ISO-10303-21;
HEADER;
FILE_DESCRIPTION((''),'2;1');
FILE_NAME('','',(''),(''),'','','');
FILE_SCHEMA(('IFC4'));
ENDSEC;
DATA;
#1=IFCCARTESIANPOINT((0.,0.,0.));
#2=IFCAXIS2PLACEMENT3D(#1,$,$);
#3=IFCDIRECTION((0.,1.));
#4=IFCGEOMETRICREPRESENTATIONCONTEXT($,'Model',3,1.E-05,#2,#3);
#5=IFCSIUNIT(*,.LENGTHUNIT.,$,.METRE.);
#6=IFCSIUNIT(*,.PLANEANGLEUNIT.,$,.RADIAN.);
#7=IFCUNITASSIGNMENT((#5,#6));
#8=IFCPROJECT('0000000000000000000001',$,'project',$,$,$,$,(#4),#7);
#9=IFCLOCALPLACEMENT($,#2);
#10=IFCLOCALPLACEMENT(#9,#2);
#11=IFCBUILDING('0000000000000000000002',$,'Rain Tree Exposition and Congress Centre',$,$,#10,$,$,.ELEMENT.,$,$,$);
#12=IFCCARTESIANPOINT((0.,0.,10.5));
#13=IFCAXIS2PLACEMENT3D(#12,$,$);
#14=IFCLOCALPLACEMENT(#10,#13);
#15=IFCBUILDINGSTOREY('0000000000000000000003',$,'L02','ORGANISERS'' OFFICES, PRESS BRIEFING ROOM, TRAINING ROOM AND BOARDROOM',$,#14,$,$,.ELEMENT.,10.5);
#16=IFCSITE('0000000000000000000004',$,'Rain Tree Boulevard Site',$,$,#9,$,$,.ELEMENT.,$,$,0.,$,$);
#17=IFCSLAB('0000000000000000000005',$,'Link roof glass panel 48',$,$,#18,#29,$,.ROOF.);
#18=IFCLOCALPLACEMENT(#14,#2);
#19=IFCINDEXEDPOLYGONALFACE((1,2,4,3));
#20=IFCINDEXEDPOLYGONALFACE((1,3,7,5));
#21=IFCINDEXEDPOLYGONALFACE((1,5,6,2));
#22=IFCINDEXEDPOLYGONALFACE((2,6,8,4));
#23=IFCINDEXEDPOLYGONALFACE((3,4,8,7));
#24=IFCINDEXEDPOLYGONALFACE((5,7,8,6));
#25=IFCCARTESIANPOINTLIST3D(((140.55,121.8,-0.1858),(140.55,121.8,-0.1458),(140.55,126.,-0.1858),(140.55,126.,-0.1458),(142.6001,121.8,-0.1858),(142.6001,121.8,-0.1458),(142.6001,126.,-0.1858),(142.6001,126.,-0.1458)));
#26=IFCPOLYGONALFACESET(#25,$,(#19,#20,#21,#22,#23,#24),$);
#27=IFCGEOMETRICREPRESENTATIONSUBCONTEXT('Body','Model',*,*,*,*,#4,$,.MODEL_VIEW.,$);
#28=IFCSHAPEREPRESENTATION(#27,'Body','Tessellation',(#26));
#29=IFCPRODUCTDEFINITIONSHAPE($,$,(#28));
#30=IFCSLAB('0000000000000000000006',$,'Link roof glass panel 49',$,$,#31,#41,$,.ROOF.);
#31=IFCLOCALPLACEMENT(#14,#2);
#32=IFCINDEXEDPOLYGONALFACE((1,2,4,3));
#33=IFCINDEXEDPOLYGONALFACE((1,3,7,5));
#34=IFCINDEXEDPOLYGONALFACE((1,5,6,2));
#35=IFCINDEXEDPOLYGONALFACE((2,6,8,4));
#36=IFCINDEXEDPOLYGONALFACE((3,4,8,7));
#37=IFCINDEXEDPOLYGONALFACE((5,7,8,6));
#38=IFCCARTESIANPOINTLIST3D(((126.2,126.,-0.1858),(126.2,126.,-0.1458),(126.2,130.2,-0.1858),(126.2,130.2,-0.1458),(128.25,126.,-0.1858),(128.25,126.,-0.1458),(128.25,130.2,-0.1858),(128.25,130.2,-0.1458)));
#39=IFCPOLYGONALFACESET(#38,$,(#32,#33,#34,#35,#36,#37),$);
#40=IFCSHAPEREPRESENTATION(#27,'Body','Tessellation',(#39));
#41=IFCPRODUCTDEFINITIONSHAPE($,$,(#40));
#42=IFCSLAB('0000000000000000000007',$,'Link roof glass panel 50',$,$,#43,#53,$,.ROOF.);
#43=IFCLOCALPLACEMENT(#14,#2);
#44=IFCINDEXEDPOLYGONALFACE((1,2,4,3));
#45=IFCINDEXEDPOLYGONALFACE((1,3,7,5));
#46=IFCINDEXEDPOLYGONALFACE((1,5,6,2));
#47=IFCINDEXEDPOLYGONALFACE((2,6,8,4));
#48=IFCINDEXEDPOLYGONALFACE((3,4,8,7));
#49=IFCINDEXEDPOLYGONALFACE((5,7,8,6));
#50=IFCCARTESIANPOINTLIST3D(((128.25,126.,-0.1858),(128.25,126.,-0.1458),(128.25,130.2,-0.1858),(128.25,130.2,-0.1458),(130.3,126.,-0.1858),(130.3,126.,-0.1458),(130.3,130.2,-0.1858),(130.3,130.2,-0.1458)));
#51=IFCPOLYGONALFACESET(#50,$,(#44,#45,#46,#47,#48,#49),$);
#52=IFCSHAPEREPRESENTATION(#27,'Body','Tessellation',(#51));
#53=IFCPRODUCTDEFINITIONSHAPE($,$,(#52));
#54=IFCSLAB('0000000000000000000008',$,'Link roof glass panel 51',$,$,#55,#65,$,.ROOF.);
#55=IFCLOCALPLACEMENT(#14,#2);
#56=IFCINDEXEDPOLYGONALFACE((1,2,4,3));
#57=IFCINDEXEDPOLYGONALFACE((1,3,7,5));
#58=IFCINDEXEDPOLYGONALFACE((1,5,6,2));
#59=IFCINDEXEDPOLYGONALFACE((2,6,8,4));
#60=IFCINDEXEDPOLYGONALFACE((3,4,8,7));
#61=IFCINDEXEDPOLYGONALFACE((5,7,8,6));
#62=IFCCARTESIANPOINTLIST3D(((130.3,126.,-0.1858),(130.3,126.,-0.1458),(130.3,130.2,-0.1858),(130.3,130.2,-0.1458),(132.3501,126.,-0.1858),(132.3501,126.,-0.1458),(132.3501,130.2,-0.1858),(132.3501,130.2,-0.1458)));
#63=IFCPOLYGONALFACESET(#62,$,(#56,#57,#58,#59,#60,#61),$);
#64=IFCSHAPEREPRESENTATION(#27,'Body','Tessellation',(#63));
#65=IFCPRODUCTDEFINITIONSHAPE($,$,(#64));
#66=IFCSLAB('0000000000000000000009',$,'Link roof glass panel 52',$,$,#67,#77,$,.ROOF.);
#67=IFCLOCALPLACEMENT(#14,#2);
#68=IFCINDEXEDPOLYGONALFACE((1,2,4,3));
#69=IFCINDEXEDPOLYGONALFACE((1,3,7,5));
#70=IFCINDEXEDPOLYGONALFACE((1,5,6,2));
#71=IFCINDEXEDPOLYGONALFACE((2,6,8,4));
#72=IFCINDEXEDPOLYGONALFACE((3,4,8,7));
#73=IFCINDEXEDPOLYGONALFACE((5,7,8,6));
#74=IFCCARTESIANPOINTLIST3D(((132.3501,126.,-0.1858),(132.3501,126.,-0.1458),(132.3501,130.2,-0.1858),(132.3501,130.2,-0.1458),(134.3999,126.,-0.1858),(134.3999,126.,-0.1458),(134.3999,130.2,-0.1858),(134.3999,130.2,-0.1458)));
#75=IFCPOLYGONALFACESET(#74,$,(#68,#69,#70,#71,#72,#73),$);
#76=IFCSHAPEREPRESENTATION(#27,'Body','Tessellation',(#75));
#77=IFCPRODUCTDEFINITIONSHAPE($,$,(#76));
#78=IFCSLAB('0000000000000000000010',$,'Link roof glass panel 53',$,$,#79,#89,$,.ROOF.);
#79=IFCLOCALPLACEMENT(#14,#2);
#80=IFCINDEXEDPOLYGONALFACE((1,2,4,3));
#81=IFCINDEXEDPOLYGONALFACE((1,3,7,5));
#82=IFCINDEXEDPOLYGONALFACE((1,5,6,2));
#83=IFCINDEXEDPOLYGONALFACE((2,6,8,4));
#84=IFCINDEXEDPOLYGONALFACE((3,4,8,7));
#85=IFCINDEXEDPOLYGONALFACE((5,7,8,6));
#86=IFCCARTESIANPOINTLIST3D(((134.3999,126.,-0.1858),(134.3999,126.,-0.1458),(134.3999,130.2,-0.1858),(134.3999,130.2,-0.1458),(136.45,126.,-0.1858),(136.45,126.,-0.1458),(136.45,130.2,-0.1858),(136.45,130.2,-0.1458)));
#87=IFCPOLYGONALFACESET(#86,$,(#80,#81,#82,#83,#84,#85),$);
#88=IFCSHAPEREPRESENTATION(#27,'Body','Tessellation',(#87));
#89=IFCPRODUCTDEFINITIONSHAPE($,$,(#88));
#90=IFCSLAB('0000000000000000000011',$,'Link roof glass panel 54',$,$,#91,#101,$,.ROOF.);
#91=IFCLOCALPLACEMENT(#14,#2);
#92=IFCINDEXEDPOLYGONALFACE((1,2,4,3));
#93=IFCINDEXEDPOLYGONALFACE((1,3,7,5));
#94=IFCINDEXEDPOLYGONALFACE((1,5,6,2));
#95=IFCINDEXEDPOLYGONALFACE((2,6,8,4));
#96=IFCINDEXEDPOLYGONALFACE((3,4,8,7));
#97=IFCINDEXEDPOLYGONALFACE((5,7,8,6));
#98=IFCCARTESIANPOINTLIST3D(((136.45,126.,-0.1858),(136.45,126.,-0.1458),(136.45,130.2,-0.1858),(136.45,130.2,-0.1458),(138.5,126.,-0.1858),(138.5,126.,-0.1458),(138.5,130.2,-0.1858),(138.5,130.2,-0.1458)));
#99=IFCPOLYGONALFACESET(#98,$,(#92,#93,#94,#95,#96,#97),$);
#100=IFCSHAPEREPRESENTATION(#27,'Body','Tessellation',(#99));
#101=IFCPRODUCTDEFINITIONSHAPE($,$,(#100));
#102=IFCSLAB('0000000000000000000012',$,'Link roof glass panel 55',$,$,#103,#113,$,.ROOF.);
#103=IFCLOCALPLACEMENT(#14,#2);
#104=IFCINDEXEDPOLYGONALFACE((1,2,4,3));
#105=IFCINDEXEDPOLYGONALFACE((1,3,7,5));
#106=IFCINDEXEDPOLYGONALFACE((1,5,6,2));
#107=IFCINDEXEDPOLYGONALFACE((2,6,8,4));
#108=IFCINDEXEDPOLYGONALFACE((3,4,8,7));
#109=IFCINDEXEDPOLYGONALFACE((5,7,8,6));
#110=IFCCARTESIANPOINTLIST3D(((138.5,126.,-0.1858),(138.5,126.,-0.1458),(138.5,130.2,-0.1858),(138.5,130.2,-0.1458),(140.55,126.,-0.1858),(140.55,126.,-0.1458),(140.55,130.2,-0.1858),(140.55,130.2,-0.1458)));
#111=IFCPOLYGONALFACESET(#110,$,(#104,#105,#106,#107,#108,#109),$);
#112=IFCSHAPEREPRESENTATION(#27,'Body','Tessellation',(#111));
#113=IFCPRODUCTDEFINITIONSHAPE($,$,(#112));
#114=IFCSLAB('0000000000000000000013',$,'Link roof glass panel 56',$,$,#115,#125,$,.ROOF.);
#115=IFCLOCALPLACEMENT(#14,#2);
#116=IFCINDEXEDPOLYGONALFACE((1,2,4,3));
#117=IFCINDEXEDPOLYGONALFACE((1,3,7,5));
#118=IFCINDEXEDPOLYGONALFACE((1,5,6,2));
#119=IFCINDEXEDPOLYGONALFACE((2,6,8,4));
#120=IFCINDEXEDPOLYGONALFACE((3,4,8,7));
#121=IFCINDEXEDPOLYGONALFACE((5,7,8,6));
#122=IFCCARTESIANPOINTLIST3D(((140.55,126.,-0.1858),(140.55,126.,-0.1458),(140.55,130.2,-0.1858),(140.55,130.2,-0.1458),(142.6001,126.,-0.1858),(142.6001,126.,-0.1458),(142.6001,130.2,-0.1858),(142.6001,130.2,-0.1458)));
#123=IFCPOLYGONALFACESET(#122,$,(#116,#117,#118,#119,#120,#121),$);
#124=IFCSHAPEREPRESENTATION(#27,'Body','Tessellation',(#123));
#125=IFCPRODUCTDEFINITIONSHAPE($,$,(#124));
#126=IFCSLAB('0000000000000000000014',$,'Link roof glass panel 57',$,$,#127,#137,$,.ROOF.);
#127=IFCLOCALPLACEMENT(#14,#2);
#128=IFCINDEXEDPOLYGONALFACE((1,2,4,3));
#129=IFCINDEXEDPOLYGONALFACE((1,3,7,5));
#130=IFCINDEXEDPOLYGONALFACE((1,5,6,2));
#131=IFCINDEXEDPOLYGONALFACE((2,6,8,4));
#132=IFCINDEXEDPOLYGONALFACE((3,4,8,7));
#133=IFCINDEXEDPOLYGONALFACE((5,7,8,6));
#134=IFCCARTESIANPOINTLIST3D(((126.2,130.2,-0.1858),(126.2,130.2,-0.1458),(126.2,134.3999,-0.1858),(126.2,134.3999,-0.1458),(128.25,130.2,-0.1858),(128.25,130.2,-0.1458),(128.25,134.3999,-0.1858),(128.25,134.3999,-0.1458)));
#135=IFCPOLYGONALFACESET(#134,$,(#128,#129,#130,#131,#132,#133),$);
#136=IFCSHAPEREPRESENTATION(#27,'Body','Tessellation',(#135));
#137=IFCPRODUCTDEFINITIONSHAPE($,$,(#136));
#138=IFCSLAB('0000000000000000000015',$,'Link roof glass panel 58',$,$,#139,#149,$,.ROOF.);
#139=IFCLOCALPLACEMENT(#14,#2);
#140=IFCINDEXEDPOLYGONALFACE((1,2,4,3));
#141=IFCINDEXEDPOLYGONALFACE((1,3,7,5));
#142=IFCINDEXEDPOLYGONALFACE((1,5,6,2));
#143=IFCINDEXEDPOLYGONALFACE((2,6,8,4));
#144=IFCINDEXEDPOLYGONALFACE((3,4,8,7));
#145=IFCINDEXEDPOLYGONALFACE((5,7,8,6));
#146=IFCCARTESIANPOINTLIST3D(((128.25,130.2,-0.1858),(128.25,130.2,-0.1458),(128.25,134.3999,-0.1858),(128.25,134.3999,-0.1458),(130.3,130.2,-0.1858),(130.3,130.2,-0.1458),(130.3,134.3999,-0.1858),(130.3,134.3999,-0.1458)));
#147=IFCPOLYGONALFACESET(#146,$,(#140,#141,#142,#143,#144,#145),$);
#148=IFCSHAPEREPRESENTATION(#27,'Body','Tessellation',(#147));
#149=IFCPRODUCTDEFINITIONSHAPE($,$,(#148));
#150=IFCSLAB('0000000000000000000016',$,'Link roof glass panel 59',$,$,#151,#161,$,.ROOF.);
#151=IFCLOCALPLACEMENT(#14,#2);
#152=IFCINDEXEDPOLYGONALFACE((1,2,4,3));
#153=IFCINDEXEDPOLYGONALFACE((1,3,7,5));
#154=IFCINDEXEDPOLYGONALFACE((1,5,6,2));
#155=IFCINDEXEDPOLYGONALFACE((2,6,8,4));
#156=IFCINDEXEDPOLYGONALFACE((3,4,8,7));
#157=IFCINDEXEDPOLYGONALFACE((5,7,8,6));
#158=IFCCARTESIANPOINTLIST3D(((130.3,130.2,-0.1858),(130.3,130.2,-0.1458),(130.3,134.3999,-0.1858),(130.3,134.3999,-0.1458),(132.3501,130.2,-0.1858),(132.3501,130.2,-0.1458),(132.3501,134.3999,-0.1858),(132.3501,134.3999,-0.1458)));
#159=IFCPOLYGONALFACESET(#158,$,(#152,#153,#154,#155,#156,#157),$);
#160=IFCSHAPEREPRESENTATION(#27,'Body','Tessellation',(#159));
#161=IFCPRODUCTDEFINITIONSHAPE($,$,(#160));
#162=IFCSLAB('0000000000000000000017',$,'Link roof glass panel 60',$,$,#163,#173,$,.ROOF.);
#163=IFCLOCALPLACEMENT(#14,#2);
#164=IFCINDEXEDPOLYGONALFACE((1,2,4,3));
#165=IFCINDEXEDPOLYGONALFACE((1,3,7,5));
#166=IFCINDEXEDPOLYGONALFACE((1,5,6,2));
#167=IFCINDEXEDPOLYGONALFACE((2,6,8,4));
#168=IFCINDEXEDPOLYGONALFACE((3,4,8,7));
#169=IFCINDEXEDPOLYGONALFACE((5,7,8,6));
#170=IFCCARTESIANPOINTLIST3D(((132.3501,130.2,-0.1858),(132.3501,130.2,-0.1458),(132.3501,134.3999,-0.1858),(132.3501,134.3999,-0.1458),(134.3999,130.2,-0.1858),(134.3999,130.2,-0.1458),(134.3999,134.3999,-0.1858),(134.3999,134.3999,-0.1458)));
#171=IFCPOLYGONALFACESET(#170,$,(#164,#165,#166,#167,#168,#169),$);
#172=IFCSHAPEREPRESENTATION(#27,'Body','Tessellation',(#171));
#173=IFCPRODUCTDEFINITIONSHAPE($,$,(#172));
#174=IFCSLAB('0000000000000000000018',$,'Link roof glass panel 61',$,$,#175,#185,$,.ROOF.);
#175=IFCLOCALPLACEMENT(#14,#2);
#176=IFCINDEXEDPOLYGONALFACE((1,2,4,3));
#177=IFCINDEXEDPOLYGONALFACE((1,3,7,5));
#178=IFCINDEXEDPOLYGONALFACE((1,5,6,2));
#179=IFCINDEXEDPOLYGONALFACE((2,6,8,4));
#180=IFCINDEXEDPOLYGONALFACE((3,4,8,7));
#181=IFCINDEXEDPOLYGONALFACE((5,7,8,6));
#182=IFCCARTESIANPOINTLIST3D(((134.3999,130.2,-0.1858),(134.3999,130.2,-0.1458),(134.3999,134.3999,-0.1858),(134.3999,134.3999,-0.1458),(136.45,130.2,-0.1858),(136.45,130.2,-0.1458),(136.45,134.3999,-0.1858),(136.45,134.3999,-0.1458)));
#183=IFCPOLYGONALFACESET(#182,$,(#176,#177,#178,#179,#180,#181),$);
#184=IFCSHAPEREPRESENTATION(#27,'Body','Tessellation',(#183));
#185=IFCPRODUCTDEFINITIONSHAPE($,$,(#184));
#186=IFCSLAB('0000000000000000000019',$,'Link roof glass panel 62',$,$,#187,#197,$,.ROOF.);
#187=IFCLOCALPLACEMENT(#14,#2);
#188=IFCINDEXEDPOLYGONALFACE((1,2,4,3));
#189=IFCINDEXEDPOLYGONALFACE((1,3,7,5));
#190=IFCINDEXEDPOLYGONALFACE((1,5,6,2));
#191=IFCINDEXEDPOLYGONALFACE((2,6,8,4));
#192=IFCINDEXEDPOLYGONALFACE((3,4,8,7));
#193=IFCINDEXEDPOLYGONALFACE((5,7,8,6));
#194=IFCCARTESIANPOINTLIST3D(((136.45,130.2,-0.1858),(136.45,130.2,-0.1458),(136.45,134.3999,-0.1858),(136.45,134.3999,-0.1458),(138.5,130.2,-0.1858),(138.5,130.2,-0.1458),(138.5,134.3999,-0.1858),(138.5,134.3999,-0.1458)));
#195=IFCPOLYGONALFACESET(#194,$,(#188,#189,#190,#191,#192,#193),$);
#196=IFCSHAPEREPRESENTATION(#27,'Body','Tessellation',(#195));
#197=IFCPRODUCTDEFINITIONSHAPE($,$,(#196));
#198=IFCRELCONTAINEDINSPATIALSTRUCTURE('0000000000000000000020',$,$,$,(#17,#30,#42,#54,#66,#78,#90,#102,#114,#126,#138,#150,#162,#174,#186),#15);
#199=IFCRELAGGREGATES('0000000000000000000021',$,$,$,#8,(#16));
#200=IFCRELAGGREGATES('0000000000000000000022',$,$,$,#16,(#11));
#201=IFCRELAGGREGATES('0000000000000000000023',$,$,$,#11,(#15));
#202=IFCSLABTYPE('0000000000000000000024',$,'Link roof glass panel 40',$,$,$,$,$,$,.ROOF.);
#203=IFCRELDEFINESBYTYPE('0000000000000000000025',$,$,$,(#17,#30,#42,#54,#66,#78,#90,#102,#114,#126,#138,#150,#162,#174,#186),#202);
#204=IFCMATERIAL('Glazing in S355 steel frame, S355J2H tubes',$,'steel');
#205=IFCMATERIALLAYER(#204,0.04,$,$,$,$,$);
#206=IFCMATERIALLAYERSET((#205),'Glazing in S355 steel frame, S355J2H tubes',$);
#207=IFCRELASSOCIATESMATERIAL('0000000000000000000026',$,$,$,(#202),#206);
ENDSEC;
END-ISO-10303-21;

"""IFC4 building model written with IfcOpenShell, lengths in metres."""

from ifc_helpers import new_model, si_unit, direction, frame, origin, place, context, subcontext, project, spatial, polyline, outline, extrude, material, layer, layer_set, type_object, element, save


model = new_model("IFC4")

# Units and contexts
model_context = context("Model", 3, precision=1e-05, world=origin(), true_north=direction((0.0, 1.0)))
body_context = subcontext(model_context, "Body", "Model", "MODEL_VIEW")
ifc_project = project(units=[si_unit("LENGTHUNIT", "METRE"), si_unit("PLANEANGLEUNIT", "RADIAN")], contexts=[model_context])

# Site, building, storey
site_placement = place(None, origin())
site = spatial("IfcSite", under=ifc_project, at=site_placement, Name="Rain Tree Boulevard Site", CompositionType="ELEMENT", RefElevation=0.0)
building_placement = place(site_placement, origin())
building = spatial("IfcBuilding", under=site, at=building_placement, Name="Rain Tree Exposition and Congress Centre", CompositionType="ELEMENT")
storey_placement = place(building_placement, frame((0.0, 0.0, 10.5)))
storey = spatial("IfcBuildingStorey", under=building, at=storey_placement, Name="L02", Description="ORGANISERS' OFFICES, PRESS BRIEFING ROOM, TRAINING ROOM AND BOARDROOM", CompositionType="ELEMENT", Elevation=10.5)

# Slabs
ifc_material = material(Name="Glazing in S355 steel frame, S355J2H tubes", Category="steel")
ifc_layer = layer(ifc_material, 0.04)
ifc_layer_set = layer_set([ifc_layer], Name="Glazing in S355 steel frame, S355J2H tubes")
slab_type = type_object("IfcSlabType", Name="Link roof glass panel 40", PredefinedType="ROOF", material=ifc_layer_set)
slab_1_placement = place(storey_placement, frame((0.0, 0.0, -0.1858)))
element("IfcSlab", 1, at=slab_1_placement, inside=storey, type_object=slab_type, Name="Link roof glass panel 48", PredefinedType="ROOF", context=body_context, shape_type="SweptSolid", body=[
    extrude(outline(polyline([(140.55, 121.8), (142.6001, 121.8), (142.6001, 126.0), (140.55, 126.0), (140.55, 121.8)])), origin(), (0.0, 0.0, 1.0), 0.04),
])
slab_2_placement = place(storey_placement, frame((0.0, 0.0, -0.1858)))
element("IfcSlab", 2, at=slab_2_placement, inside=storey, type_object=slab_type, Name="Link roof glass panel 49", PredefinedType="ROOF", context=body_context, shape_type="SweptSolid", body=[
    extrude(outline(polyline([(126.2, 126.0), (128.25, 126.0), (128.25, 130.2), (126.2, 130.2), (126.2, 126.0)])), origin(), (0.0, 0.0, 1.0), 0.04),
])
slab_3_placement = place(storey_placement, frame((0.0, 0.0, -0.1858)))
element("IfcSlab", 3, at=slab_3_placement, inside=storey, type_object=slab_type, Name="Link roof glass panel 50", PredefinedType="ROOF", context=body_context, shape_type="SweptSolid", body=[
    extrude(outline(polyline([(128.25, 126.0), (130.3, 126.0), (130.3, 130.2), (128.25, 130.2), (128.25, 126.0)])), origin(), (0.0, 0.0, 1.0), 0.04),
])
slab_4_placement = place(storey_placement, frame((0.0, 0.0, -0.1858)))
element("IfcSlab", 4, at=slab_4_placement, inside=storey, type_object=slab_type, Name="Link roof glass panel 51", PredefinedType="ROOF", context=body_context, shape_type="SweptSolid", body=[
    extrude(outline(polyline([(130.3, 126.0), (132.3501, 126.0), (132.3501, 130.2), (130.3, 130.2), (130.3, 126.0)])), origin(), (0.0, 0.0, 1.0), 0.04),
])
slab_5_placement = place(storey_placement, frame((0.0, 0.0, -0.1858)))
element("IfcSlab", 5, at=slab_5_placement, inside=storey, type_object=slab_type, Name="Link roof glass panel 52", PredefinedType="ROOF", context=body_context, shape_type="SweptSolid", body=[
    extrude(outline(polyline([(132.3501, 126.0), (134.3999, 126.0), (134.3999, 130.2), (132.3501, 130.2), (132.3501, 126.0)])), origin(), (0.0, 0.0, 1.0), 0.04),
])
slab_6_placement = place(storey_placement, frame((0.0, 0.0, -0.1858)))
element("IfcSlab", 6, at=slab_6_placement, inside=storey, type_object=slab_type, Name="Link roof glass panel 53", PredefinedType="ROOF", context=body_context, shape_type="SweptSolid", body=[
    extrude(outline(polyline([(134.3999, 126.0), (136.45, 126.0), (136.45, 130.2), (134.3999, 130.2), (134.3999, 126.0)])), origin(), (0.0, 0.0, 1.0), 0.04),
])
slab_7_placement = place(storey_placement, frame((0.0, 0.0, -0.1858)))
element("IfcSlab", 7, at=slab_7_placement, inside=storey, type_object=slab_type, Name="Link roof glass panel 54", PredefinedType="ROOF", context=body_context, shape_type="SweptSolid", body=[
    extrude(outline(polyline([(136.45, 126.0), (138.5, 126.0), (138.5, 130.2), (136.45, 130.2), (136.45, 126.0)])), origin(), (0.0, 0.0, 1.0), 0.04),
])
slab_8_placement = place(storey_placement, frame((0.0, 0.0, -0.1858)))
element("IfcSlab", 8, at=slab_8_placement, inside=storey, type_object=slab_type, Name="Link roof glass panel 55", PredefinedType="ROOF", context=body_context, shape_type="SweptSolid", body=[
    extrude(outline(polyline([(138.5, 126.0), (140.55, 126.0), (140.55, 130.2), (138.5, 130.2), (138.5, 126.0)])), origin(), (0.0, 0.0, 1.0), 0.04),
])
slab_9_placement = place(storey_placement, frame((0.0, 0.0, -0.1858)))
element("IfcSlab", 9, at=slab_9_placement, inside=storey, type_object=slab_type, Name="Link roof glass panel 56", PredefinedType="ROOF", context=body_context, shape_type="SweptSolid", body=[
    extrude(outline(polyline([(140.55, 126.0), (142.6001, 126.0), (142.6001, 130.2), (140.55, 130.2), (140.55, 126.0)])), origin(), (0.0, 0.0, 1.0), 0.04),
])
slab_10_placement = place(storey_placement, frame((0.0, 0.0, -0.1858)))
element("IfcSlab", 10, at=slab_10_placement, inside=storey, type_object=slab_type, Name="Link roof glass panel 57", PredefinedType="ROOF", context=body_context, shape_type="SweptSolid", body=[
    extrude(outline(polyline([(126.2, 130.2), (128.25, 130.2), (128.25, 134.3999), (126.2, 134.3999), (126.2, 130.2)])), origin(), (0.0, 0.0, 1.0), 0.04),
])
slab_11_placement = place(storey_placement, frame((0.0, 0.0, -0.1858)))
element("IfcSlab", 11, at=slab_11_placement, inside=storey, type_object=slab_type, Name="Link roof glass panel 58", PredefinedType="ROOF", context=body_context, shape_type="SweptSolid", body=[
    extrude(outline(polyline([(128.25, 130.2), (130.3, 130.2), (130.3, 134.3999), (128.25, 134.3999), (128.25, 130.2)])), origin(), (0.0, 0.0, 1.0), 0.04),
])
slab_12_placement = place(storey_placement, frame((0.0, 0.0, -0.1858)))
element("IfcSlab", 12, at=slab_12_placement, inside=storey, type_object=slab_type, Name="Link roof glass panel 59", PredefinedType="ROOF", context=body_context, shape_type="SweptSolid", body=[
    extrude(outline(polyline([(130.3, 130.2), (132.3501, 130.2), (132.3501, 134.3999), (130.3, 134.3999), (130.3, 130.2)])), origin(), (0.0, 0.0, 1.0), 0.04),
])
slab_13_placement = place(storey_placement, frame((0.0, 0.0, -0.1858)))
element("IfcSlab", 13, at=slab_13_placement, inside=storey, type_object=slab_type, Name="Link roof glass panel 60", PredefinedType="ROOF", context=body_context, shape_type="SweptSolid", body=[
    extrude(outline(polyline([(132.3501, 130.2), (134.3999, 130.2), (134.3999, 134.3999), (132.3501, 134.3999), (132.3501, 130.2)])), origin(), (0.0, 0.0, 1.0), 0.04),
])
slab_14_placement = place(storey_placement, frame((0.0, 0.0, -0.1858)))
element("IfcSlab", 14, at=slab_14_placement, inside=storey, type_object=slab_type, Name="Link roof glass panel 61", PredefinedType="ROOF", context=body_context, shape_type="SweptSolid", body=[
    extrude(outline(polyline([(134.3999, 130.2), (136.45, 130.2), (136.45, 134.3999), (134.3999, 134.3999), (134.3999, 130.2)])), origin(), (0.0, 0.0, 1.0), 0.04),
])
slab_15_placement = place(storey_placement, frame((0.0, 0.0, -0.1858)))
element("IfcSlab", 15, at=slab_15_placement, inside=storey, type_object=slab_type, Name="Link roof glass panel 62", PredefinedType="ROOF", context=body_context, shape_type="SweptSolid", body=[
    extrude(outline(polyline([(136.45, 130.2), (138.5, 130.2), (138.5, 134.3999), (136.45, 134.3999), (136.45, 130.2)])), origin(), (0.0, 0.0, 1.0), 0.04),
])

save(model, "model.ifc")
